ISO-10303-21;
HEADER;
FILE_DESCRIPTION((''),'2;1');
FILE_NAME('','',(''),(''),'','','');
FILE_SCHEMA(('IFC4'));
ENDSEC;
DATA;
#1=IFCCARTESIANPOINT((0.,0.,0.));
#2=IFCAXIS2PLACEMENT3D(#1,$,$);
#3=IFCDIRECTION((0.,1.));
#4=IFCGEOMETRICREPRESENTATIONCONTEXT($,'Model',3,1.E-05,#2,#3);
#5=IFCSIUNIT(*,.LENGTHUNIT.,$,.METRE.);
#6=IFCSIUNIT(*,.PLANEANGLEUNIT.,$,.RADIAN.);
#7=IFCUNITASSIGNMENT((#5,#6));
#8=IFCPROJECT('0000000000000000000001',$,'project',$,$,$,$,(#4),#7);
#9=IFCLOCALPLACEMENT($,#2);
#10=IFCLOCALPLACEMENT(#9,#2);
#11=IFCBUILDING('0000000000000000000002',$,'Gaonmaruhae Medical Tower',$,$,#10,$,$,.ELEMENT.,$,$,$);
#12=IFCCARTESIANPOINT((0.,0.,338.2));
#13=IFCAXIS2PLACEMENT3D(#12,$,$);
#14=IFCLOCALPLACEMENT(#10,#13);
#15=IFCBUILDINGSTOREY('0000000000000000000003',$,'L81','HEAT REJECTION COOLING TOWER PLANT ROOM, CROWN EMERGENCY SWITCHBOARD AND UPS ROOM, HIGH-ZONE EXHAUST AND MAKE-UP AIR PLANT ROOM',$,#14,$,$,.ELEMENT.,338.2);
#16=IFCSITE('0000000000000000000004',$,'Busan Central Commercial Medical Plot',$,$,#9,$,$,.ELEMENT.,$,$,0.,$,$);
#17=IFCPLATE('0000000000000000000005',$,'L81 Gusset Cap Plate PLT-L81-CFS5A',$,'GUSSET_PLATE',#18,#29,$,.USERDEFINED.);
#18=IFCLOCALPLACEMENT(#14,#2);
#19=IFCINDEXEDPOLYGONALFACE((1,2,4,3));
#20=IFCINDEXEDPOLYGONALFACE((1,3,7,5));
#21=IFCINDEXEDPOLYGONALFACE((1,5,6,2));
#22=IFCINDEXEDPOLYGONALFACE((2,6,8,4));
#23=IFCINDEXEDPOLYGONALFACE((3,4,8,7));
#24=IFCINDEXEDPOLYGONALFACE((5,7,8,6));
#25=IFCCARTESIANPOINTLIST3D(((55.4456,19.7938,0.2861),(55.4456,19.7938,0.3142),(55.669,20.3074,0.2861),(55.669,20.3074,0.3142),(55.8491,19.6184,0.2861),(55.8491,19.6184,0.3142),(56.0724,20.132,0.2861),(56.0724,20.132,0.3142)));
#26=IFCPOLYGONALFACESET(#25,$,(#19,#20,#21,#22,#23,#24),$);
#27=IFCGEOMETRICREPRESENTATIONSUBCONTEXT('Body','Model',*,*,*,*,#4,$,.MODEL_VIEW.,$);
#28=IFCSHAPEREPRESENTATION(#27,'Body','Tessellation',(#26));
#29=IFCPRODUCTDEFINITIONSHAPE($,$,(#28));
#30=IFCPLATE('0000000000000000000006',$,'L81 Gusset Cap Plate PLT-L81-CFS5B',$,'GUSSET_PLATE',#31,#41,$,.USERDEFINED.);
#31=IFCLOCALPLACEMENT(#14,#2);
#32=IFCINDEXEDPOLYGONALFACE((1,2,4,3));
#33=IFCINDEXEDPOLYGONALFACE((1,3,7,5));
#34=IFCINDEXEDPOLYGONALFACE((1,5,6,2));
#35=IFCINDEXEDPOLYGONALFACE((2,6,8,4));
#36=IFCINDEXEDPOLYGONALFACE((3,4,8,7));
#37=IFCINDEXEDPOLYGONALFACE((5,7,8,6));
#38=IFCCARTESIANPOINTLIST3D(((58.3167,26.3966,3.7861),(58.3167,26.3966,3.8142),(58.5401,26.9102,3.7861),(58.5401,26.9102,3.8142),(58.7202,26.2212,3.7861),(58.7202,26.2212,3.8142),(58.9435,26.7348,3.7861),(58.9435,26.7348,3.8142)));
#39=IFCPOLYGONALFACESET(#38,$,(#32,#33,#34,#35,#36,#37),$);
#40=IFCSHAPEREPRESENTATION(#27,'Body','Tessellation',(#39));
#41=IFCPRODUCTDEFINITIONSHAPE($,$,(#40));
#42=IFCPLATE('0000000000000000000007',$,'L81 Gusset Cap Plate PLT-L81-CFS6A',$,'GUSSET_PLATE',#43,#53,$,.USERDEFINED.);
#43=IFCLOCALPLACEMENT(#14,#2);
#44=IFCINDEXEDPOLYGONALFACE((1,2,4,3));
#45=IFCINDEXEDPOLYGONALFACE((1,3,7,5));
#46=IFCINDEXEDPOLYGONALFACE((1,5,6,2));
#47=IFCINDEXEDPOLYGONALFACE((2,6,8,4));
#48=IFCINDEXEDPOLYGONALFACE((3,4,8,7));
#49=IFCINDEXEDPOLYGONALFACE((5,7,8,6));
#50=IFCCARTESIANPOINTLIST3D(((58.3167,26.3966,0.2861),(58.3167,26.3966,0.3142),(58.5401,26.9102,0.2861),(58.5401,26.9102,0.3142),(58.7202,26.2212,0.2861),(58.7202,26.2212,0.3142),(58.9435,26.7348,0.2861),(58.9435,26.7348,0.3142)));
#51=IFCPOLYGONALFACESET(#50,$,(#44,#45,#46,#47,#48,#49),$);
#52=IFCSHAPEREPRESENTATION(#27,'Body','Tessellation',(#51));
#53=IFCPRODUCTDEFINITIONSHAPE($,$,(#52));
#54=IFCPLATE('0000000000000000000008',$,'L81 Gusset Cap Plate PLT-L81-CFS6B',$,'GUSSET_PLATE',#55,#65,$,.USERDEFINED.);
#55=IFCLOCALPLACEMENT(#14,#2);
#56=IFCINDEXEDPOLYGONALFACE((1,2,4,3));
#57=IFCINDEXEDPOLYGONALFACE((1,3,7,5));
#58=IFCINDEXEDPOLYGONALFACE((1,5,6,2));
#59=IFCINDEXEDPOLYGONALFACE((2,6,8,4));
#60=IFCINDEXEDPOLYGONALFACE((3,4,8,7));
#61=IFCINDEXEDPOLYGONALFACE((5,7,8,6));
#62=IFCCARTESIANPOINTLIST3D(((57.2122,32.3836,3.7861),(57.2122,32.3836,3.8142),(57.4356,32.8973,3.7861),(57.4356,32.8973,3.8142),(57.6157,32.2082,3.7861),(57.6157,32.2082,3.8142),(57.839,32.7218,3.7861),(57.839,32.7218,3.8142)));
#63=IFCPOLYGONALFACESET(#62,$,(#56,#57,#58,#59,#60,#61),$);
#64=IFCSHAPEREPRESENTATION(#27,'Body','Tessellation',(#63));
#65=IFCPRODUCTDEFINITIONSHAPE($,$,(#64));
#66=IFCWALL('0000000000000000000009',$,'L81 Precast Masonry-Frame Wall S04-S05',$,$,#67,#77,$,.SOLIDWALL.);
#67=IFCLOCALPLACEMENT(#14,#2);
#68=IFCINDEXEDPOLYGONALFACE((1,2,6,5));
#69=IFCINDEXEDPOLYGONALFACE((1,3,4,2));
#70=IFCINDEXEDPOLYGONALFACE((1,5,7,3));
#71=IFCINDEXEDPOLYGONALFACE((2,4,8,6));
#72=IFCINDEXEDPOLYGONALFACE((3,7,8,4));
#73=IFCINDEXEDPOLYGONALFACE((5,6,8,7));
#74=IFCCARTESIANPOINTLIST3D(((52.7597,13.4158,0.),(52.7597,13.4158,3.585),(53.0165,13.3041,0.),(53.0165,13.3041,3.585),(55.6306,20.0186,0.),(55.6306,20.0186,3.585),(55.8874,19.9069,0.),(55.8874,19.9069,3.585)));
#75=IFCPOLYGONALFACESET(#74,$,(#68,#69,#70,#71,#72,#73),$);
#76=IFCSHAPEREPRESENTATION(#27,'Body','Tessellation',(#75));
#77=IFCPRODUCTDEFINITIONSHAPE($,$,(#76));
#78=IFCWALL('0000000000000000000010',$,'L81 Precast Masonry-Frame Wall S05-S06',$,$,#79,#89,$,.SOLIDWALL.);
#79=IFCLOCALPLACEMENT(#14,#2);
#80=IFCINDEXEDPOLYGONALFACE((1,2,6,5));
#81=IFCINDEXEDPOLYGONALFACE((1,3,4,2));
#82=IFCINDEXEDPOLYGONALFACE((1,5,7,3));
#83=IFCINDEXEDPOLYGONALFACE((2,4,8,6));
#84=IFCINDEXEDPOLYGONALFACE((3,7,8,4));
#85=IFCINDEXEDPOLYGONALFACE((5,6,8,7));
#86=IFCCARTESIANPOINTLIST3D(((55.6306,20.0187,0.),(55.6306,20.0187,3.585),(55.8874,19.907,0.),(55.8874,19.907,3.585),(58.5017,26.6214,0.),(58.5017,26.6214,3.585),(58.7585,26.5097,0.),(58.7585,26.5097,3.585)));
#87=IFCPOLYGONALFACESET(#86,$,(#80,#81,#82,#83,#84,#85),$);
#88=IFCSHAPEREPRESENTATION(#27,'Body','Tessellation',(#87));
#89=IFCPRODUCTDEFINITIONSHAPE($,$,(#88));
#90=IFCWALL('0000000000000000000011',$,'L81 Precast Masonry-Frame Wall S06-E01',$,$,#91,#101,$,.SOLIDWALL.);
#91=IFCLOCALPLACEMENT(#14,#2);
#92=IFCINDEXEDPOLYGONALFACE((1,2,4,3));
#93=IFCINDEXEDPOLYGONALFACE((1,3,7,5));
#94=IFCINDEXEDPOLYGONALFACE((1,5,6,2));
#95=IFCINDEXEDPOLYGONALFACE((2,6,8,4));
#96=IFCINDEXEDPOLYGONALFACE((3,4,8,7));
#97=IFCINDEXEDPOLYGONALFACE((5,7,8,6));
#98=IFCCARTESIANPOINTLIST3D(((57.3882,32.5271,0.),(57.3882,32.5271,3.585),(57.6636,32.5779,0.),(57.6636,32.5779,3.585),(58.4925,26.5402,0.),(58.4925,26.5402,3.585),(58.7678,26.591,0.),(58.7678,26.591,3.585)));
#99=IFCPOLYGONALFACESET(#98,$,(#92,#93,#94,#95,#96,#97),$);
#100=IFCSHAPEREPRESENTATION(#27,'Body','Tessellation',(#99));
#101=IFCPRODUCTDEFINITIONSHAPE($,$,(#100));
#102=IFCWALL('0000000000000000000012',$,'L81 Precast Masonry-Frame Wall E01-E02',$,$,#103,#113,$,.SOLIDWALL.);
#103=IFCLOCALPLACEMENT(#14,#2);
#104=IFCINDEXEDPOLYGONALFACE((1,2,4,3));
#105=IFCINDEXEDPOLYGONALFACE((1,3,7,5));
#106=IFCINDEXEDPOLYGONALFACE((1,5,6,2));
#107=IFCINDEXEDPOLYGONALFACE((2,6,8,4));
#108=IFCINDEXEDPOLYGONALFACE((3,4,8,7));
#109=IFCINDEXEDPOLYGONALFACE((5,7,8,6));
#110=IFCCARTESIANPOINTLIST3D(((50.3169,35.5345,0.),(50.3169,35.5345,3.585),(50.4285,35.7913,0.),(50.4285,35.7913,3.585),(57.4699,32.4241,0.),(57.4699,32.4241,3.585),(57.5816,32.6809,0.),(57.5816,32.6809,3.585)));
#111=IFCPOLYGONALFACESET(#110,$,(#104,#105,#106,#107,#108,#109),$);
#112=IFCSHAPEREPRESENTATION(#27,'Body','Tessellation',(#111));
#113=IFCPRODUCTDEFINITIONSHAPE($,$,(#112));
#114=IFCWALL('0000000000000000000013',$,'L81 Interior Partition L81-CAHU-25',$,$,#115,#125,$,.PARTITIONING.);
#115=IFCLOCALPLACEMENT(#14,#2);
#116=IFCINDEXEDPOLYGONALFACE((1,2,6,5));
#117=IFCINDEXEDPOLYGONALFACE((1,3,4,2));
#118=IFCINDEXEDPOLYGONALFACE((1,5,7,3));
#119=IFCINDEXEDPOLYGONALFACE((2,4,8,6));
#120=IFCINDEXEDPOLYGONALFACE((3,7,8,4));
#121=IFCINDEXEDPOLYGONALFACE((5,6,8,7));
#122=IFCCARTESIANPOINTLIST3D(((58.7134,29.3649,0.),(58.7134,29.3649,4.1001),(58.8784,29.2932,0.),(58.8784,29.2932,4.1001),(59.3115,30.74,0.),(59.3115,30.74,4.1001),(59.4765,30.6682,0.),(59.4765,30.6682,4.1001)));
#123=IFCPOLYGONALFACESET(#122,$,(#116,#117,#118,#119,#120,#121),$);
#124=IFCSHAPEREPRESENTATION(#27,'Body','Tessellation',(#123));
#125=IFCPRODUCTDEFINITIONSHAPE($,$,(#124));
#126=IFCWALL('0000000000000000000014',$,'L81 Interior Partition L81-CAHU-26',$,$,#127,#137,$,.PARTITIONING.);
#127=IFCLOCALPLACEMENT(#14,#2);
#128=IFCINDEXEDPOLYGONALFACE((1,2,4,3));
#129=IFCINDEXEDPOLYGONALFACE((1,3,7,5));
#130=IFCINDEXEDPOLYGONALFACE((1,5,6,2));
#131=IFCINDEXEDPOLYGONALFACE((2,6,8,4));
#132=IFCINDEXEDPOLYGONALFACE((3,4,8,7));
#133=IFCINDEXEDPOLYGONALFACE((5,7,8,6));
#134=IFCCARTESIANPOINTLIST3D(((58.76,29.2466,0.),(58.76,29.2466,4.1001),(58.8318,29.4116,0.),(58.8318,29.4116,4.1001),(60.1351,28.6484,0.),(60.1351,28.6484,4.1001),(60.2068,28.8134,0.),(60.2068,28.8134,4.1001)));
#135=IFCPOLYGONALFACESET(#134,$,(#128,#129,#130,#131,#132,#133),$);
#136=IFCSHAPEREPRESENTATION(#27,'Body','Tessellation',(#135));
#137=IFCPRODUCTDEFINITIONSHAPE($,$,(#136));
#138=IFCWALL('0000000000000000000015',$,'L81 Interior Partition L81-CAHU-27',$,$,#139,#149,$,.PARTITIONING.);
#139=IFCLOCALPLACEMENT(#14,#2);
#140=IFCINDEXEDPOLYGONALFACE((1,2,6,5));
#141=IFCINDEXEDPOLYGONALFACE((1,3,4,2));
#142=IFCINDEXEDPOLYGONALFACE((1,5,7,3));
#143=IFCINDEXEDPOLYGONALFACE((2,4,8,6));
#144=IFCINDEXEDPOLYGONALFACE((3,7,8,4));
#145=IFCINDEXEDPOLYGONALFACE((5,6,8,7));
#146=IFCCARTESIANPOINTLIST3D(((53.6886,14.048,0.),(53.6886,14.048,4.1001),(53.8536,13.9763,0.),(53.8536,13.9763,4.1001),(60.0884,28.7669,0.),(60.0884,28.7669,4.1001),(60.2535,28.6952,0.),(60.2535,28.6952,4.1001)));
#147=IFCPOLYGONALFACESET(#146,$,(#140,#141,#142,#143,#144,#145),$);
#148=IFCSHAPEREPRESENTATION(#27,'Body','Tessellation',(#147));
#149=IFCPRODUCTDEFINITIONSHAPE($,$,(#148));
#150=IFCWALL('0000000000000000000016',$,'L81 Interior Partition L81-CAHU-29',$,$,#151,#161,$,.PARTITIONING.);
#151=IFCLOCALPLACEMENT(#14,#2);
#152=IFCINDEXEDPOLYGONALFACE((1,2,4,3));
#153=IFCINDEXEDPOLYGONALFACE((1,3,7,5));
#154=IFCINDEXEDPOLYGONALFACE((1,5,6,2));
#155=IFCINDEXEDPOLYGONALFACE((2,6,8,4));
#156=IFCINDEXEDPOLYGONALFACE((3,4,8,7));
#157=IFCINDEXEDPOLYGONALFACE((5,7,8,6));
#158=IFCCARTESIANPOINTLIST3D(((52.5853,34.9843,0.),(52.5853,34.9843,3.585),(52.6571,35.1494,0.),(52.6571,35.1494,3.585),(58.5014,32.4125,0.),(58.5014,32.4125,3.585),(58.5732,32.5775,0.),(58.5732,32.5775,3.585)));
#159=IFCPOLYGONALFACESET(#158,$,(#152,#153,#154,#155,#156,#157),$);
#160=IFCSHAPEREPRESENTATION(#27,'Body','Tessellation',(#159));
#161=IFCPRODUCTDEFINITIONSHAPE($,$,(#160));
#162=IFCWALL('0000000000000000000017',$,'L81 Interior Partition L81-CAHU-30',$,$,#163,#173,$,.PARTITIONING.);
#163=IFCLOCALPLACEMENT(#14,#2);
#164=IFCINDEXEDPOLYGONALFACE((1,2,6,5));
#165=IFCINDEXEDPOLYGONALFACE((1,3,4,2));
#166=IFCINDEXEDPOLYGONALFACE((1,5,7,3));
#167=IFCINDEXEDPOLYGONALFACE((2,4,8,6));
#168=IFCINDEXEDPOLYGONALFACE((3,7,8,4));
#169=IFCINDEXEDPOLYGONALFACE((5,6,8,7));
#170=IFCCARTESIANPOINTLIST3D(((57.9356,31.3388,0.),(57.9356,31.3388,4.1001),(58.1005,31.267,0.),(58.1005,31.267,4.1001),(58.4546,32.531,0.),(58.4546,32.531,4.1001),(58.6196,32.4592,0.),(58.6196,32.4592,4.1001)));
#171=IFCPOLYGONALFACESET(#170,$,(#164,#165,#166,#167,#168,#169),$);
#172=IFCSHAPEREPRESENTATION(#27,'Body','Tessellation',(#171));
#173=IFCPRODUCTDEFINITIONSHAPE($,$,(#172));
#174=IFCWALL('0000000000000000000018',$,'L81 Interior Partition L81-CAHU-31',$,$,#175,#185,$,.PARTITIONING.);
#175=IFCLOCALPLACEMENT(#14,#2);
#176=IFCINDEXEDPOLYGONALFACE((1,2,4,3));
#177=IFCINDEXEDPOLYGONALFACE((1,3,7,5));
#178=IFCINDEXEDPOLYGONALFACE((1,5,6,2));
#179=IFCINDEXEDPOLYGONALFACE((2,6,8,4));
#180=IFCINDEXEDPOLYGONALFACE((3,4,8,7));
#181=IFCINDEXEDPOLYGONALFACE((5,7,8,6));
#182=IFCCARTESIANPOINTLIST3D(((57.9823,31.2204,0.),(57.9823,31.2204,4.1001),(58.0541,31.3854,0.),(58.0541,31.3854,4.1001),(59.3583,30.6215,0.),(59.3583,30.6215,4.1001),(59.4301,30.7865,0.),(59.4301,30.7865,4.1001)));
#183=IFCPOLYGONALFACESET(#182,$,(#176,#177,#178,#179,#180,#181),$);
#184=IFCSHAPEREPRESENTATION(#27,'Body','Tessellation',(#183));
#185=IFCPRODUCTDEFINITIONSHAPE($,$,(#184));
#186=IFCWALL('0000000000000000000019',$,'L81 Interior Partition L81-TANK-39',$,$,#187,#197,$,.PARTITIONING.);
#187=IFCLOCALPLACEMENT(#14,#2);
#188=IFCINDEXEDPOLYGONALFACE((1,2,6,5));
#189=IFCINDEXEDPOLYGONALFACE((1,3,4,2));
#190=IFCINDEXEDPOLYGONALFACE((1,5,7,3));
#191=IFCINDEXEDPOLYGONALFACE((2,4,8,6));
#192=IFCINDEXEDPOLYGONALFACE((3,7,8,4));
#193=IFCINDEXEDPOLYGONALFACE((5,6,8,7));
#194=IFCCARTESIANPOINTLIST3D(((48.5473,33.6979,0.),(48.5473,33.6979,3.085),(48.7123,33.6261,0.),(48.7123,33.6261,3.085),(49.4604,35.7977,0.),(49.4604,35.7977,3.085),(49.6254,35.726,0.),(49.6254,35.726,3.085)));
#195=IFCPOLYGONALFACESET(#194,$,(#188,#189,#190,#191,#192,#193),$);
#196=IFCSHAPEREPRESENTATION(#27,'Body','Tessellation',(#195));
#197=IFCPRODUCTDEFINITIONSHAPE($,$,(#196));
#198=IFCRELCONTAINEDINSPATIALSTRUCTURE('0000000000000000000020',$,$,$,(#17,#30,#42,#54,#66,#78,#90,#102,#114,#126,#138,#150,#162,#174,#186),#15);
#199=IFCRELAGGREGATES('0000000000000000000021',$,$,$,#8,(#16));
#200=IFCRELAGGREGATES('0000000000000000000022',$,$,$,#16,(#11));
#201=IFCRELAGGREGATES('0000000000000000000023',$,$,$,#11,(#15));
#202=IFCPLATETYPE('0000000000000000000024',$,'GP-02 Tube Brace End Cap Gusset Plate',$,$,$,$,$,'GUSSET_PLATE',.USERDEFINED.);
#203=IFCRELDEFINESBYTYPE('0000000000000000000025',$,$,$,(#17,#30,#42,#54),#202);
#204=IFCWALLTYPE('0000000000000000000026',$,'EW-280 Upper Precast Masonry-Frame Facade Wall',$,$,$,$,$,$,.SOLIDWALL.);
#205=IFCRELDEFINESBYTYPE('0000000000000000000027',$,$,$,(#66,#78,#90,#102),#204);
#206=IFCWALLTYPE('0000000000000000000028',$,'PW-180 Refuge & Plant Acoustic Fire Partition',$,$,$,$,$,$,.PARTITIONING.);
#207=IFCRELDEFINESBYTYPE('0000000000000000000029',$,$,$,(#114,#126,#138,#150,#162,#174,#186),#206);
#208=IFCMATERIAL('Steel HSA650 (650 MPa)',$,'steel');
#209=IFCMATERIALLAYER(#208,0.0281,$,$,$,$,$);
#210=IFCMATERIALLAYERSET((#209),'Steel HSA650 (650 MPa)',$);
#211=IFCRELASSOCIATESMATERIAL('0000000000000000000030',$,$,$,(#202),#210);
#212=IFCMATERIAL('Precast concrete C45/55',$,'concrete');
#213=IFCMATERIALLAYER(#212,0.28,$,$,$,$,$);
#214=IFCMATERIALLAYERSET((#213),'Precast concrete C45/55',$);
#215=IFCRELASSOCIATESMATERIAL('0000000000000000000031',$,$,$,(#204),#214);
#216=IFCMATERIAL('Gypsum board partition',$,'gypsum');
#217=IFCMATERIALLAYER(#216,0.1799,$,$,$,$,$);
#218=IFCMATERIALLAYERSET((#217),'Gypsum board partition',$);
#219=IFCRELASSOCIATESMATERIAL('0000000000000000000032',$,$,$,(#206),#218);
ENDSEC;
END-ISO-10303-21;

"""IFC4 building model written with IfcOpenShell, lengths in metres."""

from ifc_helpers import new_model, si_unit, direction, frame, frame_2d, origin, origin_2d, place, context, subcontext, project, spatial, rectangle, extrude, material, layer, layer_set, type_object, element, save


model = new_model("IFC4")

# Units and contexts
model_context = context("Model", 3, precision=1e-05, world=origin(), true_north=direction((0.0, 1.0)))
body_context = subcontext(model_context, "Body", "Model", "MODEL_VIEW")
ifc_project = project(units=[si_unit("LENGTHUNIT", "METRE"), si_unit("PLANEANGLEUNIT", "RADIAN")], contexts=[model_context])

# Site, building, storey
site_placement = place(None, origin())
site = spatial("IfcSite", under=ifc_project, at=site_placement, Name="Busan Central Commercial Medical Plot", CompositionType="ELEMENT", RefElevation=0.0)
building_placement = place(site_placement, origin())
building = spatial("IfcBuilding", under=site, at=building_placement, Name="Gaonmaruhae Medical Tower", CompositionType="ELEMENT")
storey_placement = place(building_placement, frame((0.0, 0.0, 338.2)))
storey = spatial("IfcBuildingStorey", under=building, at=storey_placement, Name="L81", Description="HEAT REJECTION COOLING TOWER PLANT ROOM, CROWN EMERGENCY SWITCHBOARD AND UPS ROOM, HIGH-ZONE EXHAUST AND MAKE-UP AIR PLANT ROOM", CompositionType="ELEMENT", Elevation=338.2)

# Plates
ifc_material_1 = material(Name="Steel HSA650 (650 MPa)", Category="steel")
ifc_layer_1 = layer(ifc_material_1, 0.0281)
ifc_layer_set_1 = layer_set([ifc_layer_1], Name="Steel HSA650 (650 MPa)")
plate_type = type_object("IfcPlateType", Name="GP-02 Tube Brace End Cap Gusset Plate", ElementType="GUSSET_PLATE", PredefinedType="USERDEFINED", material=ifc_layer_set_1)
for number, where, z_axis, x_axis, name in (
    (1, (55.759, 19.9629, 0.2861), (0.0, 0.0, 1.0), (0.398749, 0.91706, 0.0), "L81 Gusset Cap Plate PLT-L81-CFS5A"),
    (2, (58.6301, 26.5657, 3.7861), (0.0, 0.0, 1.0), (0.398749, 0.91706, 0.0), "L81 Gusset Cap Plate PLT-L81-CFS5B"),
    (3, (58.6301, 26.5657, 0.2861), (0.0, 0.0, 1.0), (0.398749, 0.91706, 0.0), "L81 Gusset Cap Plate PLT-L81-CFS6A"),
    (4, (57.5256, 32.5527, 3.7861), (0.0, 0.0, 1.0), (0.398749, 0.91706, 0.0), "L81 Gusset Cap Plate PLT-L81-CFS6B"),
):
    element("IfcPlate", number, at=place(storey_placement, frame(where, z_axis=z_axis, x_axis=x_axis)), inside=storey, type_object=plate_type, Name=name, ObjectType="GUSSET_PLATE", PredefinedType="USERDEFINED", context=body_context, shape_type="SweptSolid", body=[
        extrude(rectangle(XDim=0.5601, YDim=0.4399, at=origin_2d()), origin(), (0.0, 0.0, 1.0), 0.0281),
    ])

# Walls
ifc_material_2 = material(Name="Precast concrete C45/55", Category="concrete")
ifc_layer_2 = layer(ifc_material_2, 0.28)
ifc_layer_set_2 = layer_set([ifc_layer_2], Name="Precast concrete C45/55")
wall_type_1 = type_object("IfcWallType", Name="EW-280 Upper Precast Masonry-Frame Facade Wall", PredefinedType="SOLIDWALL", material=ifc_layer_set_2)
for number, where, z_axis, x_axis, name in (
    (5, (55.759, 19.9629, 0.0), (0.0, 0.0, 1.0), (-0.398735, -0.917066, 0.0), "L81 Precast Masonry-Frame Wall S04-S05"),
    (6, (58.6301, 26.5657, 0.0), (0.0, 0.0, 1.0), (-0.398763, -0.917054, 0.0), "L81 Precast Masonry-Frame Wall S05-S06"),
):
    element("IfcWall", number, at=place(storey_placement, frame(where, z_axis=z_axis, x_axis=x_axis)), inside=storey, type_object=wall_type_1, Name=name, PredefinedType="SOLIDWALL", context=body_context, shape_type="SweptSolid", body=[
        extrude(rectangle(XDim=7.2, YDim=0.28, at=frame_2d((3.6001, 0.0))), origin(), (0.0, 0.0, 1.0), 3.585),
    ])
wall_1_placement = place(storey_placement, frame((57.5259, 32.5525, 0.0), z_axis=(0.0, 0.0, 1.0), x_axis=(0.181387, -0.983412, 0.0)))
element("IfcWall", 7, at=wall_1_placement, inside=storey, type_object=wall_type_1, Name="L81 Precast Masonry-Frame Wall S06-E01", PredefinedType="SOLIDWALL", context=body_context, shape_type="SweptSolid", body=[
    extrude(rectangle(XDim=6.0879, YDim=0.28, at=frame_2d((3.0439, 0.0))), origin(), (0.0, 0.0, 1.0), 3.585),
])
wall_2_placement = place(storey_placement, frame((50.3728, 35.6628, 0.0), z_axis=(0.0, 0.0, 1.0), x_axis=(0.917055, -0.39876, 0.0)))
element("IfcWall", 8, at=wall_2_placement, inside=storey, type_object=wall_type_1, Name="L81 Precast Masonry-Frame Wall E01-E02", PredefinedType="SOLIDWALL", context=body_context, shape_type="SweptSolid", body=[
    extrude(rectangle(XDim=7.8, YDim=0.28, at=frame_2d((3.8999, 0.0))), origin(), (0.0, 0.0, 1.0), 3.585),
])
ifc_material_3 = material(Name="Gypsum board partition", Category="gypsum")
ifc_layer_3 = layer(ifc_material_3, 0.1799)
ifc_layer_set_3 = layer_set([ifc_layer_3], Name="Gypsum board partition")
wall_type_2 = type_object("IfcWallType", Name="PW-180 Refuge & Plant Acoustic Fire Partition", PredefinedType="PARTITIONING", material=ifc_layer_set_3)
for number, where, z_axis, x_axis, name in (
    (9, (59.394, 30.7041, 0.0), (0.0, 0.0, 1.0), (-0.398905, -0.916992, 0.0), "L81 Interior Partition L81-CAHU-25"),
    (10, (58.7959, 29.3291, 0.0), (0.0, 0.0, 1.0), (0.916992, -0.398905, 0.0), "L81 Interior Partition L81-CAHU-26"),
):
    element("IfcWall", number, at=place(storey_placement, frame(where, z_axis=z_axis, x_axis=x_axis)), inside=storey, type_object=wall_type_2, Name=name, PredefinedType="PARTITIONING", context=body_context, shape_type="SweptSolid", body=[
        extrude(rectangle(XDim=1.4995, YDim=0.1799, at=frame_2d((0.7498, 0.0))), origin(), (0.0, 0.0, 1.0), 4.1001),
    ])
wall_3_placement = place(storey_placement, frame((60.1709, 28.731, 0.0), z_axis=(0.0, 0.0, 1.0), x_axis=(-0.398744, -0.917062, 0.0)))
element("IfcWall", 11, at=wall_3_placement, inside=storey, type_object=wall_type_2, Name="L81 Interior Partition L81-CAHU-27", PredefinedType="PARTITIONING", context=body_context, shape_type="SweptSolid", body=[
    extrude(rectangle(XDim=16.05, YDim=0.1799, at=frame_2d((8.0249, 0.0))), origin(), (0.0, 0.0, 1.0), 4.1001),
])
wall_4_placement = place(storey_placement, frame((52.6211, 35.0669, 0.0), z_axis=(0.0, 0.0, 1.0), x_axis=(0.917093, -0.398674, 0.0)))
element("IfcWall", 12, at=wall_4_placement, inside=storey, type_object=wall_type_2, Name="L81 Interior Partition L81-CAHU-29", PredefinedType="PARTITIONING", context=body_context, shape_type="SweptSolid", body=[
    extrude(rectangle(XDim=6.4509, YDim=0.1799, at=frame_2d((3.2256, 0.0))), origin(), (0.0, 0.0, 1.0), 3.585),
])
wall_5_placement = place(storey_placement, frame((58.5371, 32.4951, 0.0), z_axis=(0.0, 0.0, 1.0), x_axis=(-0.399193, -0.916867, 0.0)))
element("IfcWall", 13, at=wall_5_placement, inside=storey, type_object=wall_type_2, Name="L81 Interior Partition L81-CAHU-30", PredefinedType="PARTITIONING", context=body_context, shape_type="SweptSolid", body=[
    extrude(rectangle(XDim=1.3003, YDim=0.1799, at=frame_2d((0.6501, 0.0))), origin(), (0.0, 0.0, 1.0), 4.1001),
])
wall_6_placement = place(storey_placement, frame((58.0181, 31.303, 0.0), z_axis=(0.0, 0.0, 1.0), x_axis=(0.916917, -0.399077, 0.0)))
element("IfcWall", 14, at=wall_6_placement, inside=storey, type_object=wall_type_2, Name="L81 Interior Partition L81-CAHU-31", PredefinedType="PARTITIONING", context=body_context, shape_type="SweptSolid", body=[
    extrude(rectangle(XDim=1.5007, YDim=0.1799, at=frame_2d((0.7505, 0.0))), origin(), (0.0, 0.0, 1.0), 4.1001),
])
wall_7_placement = place(storey_placement, frame((49.543, 35.762, 0.0), z_axis=(0.0, 0.0, 1.0), x_axis=(-0.398765, -0.917053, 0.0)))
element("IfcWall", 15, at=wall_7_placement, inside=storey, type_object=wall_type_2, Name="L81 Interior Partition L81-TANK-39", PredefinedType="PARTITIONING", context=body_context, shape_type="SweptSolid", body=[
    extrude(rectangle(XDim=2.2898, YDim=0.1799, at=frame_2d((1.145, 0.0))), origin(), (0.0, 0.0, 1.0), 3.085),
])

save(model, "model.ifc")
